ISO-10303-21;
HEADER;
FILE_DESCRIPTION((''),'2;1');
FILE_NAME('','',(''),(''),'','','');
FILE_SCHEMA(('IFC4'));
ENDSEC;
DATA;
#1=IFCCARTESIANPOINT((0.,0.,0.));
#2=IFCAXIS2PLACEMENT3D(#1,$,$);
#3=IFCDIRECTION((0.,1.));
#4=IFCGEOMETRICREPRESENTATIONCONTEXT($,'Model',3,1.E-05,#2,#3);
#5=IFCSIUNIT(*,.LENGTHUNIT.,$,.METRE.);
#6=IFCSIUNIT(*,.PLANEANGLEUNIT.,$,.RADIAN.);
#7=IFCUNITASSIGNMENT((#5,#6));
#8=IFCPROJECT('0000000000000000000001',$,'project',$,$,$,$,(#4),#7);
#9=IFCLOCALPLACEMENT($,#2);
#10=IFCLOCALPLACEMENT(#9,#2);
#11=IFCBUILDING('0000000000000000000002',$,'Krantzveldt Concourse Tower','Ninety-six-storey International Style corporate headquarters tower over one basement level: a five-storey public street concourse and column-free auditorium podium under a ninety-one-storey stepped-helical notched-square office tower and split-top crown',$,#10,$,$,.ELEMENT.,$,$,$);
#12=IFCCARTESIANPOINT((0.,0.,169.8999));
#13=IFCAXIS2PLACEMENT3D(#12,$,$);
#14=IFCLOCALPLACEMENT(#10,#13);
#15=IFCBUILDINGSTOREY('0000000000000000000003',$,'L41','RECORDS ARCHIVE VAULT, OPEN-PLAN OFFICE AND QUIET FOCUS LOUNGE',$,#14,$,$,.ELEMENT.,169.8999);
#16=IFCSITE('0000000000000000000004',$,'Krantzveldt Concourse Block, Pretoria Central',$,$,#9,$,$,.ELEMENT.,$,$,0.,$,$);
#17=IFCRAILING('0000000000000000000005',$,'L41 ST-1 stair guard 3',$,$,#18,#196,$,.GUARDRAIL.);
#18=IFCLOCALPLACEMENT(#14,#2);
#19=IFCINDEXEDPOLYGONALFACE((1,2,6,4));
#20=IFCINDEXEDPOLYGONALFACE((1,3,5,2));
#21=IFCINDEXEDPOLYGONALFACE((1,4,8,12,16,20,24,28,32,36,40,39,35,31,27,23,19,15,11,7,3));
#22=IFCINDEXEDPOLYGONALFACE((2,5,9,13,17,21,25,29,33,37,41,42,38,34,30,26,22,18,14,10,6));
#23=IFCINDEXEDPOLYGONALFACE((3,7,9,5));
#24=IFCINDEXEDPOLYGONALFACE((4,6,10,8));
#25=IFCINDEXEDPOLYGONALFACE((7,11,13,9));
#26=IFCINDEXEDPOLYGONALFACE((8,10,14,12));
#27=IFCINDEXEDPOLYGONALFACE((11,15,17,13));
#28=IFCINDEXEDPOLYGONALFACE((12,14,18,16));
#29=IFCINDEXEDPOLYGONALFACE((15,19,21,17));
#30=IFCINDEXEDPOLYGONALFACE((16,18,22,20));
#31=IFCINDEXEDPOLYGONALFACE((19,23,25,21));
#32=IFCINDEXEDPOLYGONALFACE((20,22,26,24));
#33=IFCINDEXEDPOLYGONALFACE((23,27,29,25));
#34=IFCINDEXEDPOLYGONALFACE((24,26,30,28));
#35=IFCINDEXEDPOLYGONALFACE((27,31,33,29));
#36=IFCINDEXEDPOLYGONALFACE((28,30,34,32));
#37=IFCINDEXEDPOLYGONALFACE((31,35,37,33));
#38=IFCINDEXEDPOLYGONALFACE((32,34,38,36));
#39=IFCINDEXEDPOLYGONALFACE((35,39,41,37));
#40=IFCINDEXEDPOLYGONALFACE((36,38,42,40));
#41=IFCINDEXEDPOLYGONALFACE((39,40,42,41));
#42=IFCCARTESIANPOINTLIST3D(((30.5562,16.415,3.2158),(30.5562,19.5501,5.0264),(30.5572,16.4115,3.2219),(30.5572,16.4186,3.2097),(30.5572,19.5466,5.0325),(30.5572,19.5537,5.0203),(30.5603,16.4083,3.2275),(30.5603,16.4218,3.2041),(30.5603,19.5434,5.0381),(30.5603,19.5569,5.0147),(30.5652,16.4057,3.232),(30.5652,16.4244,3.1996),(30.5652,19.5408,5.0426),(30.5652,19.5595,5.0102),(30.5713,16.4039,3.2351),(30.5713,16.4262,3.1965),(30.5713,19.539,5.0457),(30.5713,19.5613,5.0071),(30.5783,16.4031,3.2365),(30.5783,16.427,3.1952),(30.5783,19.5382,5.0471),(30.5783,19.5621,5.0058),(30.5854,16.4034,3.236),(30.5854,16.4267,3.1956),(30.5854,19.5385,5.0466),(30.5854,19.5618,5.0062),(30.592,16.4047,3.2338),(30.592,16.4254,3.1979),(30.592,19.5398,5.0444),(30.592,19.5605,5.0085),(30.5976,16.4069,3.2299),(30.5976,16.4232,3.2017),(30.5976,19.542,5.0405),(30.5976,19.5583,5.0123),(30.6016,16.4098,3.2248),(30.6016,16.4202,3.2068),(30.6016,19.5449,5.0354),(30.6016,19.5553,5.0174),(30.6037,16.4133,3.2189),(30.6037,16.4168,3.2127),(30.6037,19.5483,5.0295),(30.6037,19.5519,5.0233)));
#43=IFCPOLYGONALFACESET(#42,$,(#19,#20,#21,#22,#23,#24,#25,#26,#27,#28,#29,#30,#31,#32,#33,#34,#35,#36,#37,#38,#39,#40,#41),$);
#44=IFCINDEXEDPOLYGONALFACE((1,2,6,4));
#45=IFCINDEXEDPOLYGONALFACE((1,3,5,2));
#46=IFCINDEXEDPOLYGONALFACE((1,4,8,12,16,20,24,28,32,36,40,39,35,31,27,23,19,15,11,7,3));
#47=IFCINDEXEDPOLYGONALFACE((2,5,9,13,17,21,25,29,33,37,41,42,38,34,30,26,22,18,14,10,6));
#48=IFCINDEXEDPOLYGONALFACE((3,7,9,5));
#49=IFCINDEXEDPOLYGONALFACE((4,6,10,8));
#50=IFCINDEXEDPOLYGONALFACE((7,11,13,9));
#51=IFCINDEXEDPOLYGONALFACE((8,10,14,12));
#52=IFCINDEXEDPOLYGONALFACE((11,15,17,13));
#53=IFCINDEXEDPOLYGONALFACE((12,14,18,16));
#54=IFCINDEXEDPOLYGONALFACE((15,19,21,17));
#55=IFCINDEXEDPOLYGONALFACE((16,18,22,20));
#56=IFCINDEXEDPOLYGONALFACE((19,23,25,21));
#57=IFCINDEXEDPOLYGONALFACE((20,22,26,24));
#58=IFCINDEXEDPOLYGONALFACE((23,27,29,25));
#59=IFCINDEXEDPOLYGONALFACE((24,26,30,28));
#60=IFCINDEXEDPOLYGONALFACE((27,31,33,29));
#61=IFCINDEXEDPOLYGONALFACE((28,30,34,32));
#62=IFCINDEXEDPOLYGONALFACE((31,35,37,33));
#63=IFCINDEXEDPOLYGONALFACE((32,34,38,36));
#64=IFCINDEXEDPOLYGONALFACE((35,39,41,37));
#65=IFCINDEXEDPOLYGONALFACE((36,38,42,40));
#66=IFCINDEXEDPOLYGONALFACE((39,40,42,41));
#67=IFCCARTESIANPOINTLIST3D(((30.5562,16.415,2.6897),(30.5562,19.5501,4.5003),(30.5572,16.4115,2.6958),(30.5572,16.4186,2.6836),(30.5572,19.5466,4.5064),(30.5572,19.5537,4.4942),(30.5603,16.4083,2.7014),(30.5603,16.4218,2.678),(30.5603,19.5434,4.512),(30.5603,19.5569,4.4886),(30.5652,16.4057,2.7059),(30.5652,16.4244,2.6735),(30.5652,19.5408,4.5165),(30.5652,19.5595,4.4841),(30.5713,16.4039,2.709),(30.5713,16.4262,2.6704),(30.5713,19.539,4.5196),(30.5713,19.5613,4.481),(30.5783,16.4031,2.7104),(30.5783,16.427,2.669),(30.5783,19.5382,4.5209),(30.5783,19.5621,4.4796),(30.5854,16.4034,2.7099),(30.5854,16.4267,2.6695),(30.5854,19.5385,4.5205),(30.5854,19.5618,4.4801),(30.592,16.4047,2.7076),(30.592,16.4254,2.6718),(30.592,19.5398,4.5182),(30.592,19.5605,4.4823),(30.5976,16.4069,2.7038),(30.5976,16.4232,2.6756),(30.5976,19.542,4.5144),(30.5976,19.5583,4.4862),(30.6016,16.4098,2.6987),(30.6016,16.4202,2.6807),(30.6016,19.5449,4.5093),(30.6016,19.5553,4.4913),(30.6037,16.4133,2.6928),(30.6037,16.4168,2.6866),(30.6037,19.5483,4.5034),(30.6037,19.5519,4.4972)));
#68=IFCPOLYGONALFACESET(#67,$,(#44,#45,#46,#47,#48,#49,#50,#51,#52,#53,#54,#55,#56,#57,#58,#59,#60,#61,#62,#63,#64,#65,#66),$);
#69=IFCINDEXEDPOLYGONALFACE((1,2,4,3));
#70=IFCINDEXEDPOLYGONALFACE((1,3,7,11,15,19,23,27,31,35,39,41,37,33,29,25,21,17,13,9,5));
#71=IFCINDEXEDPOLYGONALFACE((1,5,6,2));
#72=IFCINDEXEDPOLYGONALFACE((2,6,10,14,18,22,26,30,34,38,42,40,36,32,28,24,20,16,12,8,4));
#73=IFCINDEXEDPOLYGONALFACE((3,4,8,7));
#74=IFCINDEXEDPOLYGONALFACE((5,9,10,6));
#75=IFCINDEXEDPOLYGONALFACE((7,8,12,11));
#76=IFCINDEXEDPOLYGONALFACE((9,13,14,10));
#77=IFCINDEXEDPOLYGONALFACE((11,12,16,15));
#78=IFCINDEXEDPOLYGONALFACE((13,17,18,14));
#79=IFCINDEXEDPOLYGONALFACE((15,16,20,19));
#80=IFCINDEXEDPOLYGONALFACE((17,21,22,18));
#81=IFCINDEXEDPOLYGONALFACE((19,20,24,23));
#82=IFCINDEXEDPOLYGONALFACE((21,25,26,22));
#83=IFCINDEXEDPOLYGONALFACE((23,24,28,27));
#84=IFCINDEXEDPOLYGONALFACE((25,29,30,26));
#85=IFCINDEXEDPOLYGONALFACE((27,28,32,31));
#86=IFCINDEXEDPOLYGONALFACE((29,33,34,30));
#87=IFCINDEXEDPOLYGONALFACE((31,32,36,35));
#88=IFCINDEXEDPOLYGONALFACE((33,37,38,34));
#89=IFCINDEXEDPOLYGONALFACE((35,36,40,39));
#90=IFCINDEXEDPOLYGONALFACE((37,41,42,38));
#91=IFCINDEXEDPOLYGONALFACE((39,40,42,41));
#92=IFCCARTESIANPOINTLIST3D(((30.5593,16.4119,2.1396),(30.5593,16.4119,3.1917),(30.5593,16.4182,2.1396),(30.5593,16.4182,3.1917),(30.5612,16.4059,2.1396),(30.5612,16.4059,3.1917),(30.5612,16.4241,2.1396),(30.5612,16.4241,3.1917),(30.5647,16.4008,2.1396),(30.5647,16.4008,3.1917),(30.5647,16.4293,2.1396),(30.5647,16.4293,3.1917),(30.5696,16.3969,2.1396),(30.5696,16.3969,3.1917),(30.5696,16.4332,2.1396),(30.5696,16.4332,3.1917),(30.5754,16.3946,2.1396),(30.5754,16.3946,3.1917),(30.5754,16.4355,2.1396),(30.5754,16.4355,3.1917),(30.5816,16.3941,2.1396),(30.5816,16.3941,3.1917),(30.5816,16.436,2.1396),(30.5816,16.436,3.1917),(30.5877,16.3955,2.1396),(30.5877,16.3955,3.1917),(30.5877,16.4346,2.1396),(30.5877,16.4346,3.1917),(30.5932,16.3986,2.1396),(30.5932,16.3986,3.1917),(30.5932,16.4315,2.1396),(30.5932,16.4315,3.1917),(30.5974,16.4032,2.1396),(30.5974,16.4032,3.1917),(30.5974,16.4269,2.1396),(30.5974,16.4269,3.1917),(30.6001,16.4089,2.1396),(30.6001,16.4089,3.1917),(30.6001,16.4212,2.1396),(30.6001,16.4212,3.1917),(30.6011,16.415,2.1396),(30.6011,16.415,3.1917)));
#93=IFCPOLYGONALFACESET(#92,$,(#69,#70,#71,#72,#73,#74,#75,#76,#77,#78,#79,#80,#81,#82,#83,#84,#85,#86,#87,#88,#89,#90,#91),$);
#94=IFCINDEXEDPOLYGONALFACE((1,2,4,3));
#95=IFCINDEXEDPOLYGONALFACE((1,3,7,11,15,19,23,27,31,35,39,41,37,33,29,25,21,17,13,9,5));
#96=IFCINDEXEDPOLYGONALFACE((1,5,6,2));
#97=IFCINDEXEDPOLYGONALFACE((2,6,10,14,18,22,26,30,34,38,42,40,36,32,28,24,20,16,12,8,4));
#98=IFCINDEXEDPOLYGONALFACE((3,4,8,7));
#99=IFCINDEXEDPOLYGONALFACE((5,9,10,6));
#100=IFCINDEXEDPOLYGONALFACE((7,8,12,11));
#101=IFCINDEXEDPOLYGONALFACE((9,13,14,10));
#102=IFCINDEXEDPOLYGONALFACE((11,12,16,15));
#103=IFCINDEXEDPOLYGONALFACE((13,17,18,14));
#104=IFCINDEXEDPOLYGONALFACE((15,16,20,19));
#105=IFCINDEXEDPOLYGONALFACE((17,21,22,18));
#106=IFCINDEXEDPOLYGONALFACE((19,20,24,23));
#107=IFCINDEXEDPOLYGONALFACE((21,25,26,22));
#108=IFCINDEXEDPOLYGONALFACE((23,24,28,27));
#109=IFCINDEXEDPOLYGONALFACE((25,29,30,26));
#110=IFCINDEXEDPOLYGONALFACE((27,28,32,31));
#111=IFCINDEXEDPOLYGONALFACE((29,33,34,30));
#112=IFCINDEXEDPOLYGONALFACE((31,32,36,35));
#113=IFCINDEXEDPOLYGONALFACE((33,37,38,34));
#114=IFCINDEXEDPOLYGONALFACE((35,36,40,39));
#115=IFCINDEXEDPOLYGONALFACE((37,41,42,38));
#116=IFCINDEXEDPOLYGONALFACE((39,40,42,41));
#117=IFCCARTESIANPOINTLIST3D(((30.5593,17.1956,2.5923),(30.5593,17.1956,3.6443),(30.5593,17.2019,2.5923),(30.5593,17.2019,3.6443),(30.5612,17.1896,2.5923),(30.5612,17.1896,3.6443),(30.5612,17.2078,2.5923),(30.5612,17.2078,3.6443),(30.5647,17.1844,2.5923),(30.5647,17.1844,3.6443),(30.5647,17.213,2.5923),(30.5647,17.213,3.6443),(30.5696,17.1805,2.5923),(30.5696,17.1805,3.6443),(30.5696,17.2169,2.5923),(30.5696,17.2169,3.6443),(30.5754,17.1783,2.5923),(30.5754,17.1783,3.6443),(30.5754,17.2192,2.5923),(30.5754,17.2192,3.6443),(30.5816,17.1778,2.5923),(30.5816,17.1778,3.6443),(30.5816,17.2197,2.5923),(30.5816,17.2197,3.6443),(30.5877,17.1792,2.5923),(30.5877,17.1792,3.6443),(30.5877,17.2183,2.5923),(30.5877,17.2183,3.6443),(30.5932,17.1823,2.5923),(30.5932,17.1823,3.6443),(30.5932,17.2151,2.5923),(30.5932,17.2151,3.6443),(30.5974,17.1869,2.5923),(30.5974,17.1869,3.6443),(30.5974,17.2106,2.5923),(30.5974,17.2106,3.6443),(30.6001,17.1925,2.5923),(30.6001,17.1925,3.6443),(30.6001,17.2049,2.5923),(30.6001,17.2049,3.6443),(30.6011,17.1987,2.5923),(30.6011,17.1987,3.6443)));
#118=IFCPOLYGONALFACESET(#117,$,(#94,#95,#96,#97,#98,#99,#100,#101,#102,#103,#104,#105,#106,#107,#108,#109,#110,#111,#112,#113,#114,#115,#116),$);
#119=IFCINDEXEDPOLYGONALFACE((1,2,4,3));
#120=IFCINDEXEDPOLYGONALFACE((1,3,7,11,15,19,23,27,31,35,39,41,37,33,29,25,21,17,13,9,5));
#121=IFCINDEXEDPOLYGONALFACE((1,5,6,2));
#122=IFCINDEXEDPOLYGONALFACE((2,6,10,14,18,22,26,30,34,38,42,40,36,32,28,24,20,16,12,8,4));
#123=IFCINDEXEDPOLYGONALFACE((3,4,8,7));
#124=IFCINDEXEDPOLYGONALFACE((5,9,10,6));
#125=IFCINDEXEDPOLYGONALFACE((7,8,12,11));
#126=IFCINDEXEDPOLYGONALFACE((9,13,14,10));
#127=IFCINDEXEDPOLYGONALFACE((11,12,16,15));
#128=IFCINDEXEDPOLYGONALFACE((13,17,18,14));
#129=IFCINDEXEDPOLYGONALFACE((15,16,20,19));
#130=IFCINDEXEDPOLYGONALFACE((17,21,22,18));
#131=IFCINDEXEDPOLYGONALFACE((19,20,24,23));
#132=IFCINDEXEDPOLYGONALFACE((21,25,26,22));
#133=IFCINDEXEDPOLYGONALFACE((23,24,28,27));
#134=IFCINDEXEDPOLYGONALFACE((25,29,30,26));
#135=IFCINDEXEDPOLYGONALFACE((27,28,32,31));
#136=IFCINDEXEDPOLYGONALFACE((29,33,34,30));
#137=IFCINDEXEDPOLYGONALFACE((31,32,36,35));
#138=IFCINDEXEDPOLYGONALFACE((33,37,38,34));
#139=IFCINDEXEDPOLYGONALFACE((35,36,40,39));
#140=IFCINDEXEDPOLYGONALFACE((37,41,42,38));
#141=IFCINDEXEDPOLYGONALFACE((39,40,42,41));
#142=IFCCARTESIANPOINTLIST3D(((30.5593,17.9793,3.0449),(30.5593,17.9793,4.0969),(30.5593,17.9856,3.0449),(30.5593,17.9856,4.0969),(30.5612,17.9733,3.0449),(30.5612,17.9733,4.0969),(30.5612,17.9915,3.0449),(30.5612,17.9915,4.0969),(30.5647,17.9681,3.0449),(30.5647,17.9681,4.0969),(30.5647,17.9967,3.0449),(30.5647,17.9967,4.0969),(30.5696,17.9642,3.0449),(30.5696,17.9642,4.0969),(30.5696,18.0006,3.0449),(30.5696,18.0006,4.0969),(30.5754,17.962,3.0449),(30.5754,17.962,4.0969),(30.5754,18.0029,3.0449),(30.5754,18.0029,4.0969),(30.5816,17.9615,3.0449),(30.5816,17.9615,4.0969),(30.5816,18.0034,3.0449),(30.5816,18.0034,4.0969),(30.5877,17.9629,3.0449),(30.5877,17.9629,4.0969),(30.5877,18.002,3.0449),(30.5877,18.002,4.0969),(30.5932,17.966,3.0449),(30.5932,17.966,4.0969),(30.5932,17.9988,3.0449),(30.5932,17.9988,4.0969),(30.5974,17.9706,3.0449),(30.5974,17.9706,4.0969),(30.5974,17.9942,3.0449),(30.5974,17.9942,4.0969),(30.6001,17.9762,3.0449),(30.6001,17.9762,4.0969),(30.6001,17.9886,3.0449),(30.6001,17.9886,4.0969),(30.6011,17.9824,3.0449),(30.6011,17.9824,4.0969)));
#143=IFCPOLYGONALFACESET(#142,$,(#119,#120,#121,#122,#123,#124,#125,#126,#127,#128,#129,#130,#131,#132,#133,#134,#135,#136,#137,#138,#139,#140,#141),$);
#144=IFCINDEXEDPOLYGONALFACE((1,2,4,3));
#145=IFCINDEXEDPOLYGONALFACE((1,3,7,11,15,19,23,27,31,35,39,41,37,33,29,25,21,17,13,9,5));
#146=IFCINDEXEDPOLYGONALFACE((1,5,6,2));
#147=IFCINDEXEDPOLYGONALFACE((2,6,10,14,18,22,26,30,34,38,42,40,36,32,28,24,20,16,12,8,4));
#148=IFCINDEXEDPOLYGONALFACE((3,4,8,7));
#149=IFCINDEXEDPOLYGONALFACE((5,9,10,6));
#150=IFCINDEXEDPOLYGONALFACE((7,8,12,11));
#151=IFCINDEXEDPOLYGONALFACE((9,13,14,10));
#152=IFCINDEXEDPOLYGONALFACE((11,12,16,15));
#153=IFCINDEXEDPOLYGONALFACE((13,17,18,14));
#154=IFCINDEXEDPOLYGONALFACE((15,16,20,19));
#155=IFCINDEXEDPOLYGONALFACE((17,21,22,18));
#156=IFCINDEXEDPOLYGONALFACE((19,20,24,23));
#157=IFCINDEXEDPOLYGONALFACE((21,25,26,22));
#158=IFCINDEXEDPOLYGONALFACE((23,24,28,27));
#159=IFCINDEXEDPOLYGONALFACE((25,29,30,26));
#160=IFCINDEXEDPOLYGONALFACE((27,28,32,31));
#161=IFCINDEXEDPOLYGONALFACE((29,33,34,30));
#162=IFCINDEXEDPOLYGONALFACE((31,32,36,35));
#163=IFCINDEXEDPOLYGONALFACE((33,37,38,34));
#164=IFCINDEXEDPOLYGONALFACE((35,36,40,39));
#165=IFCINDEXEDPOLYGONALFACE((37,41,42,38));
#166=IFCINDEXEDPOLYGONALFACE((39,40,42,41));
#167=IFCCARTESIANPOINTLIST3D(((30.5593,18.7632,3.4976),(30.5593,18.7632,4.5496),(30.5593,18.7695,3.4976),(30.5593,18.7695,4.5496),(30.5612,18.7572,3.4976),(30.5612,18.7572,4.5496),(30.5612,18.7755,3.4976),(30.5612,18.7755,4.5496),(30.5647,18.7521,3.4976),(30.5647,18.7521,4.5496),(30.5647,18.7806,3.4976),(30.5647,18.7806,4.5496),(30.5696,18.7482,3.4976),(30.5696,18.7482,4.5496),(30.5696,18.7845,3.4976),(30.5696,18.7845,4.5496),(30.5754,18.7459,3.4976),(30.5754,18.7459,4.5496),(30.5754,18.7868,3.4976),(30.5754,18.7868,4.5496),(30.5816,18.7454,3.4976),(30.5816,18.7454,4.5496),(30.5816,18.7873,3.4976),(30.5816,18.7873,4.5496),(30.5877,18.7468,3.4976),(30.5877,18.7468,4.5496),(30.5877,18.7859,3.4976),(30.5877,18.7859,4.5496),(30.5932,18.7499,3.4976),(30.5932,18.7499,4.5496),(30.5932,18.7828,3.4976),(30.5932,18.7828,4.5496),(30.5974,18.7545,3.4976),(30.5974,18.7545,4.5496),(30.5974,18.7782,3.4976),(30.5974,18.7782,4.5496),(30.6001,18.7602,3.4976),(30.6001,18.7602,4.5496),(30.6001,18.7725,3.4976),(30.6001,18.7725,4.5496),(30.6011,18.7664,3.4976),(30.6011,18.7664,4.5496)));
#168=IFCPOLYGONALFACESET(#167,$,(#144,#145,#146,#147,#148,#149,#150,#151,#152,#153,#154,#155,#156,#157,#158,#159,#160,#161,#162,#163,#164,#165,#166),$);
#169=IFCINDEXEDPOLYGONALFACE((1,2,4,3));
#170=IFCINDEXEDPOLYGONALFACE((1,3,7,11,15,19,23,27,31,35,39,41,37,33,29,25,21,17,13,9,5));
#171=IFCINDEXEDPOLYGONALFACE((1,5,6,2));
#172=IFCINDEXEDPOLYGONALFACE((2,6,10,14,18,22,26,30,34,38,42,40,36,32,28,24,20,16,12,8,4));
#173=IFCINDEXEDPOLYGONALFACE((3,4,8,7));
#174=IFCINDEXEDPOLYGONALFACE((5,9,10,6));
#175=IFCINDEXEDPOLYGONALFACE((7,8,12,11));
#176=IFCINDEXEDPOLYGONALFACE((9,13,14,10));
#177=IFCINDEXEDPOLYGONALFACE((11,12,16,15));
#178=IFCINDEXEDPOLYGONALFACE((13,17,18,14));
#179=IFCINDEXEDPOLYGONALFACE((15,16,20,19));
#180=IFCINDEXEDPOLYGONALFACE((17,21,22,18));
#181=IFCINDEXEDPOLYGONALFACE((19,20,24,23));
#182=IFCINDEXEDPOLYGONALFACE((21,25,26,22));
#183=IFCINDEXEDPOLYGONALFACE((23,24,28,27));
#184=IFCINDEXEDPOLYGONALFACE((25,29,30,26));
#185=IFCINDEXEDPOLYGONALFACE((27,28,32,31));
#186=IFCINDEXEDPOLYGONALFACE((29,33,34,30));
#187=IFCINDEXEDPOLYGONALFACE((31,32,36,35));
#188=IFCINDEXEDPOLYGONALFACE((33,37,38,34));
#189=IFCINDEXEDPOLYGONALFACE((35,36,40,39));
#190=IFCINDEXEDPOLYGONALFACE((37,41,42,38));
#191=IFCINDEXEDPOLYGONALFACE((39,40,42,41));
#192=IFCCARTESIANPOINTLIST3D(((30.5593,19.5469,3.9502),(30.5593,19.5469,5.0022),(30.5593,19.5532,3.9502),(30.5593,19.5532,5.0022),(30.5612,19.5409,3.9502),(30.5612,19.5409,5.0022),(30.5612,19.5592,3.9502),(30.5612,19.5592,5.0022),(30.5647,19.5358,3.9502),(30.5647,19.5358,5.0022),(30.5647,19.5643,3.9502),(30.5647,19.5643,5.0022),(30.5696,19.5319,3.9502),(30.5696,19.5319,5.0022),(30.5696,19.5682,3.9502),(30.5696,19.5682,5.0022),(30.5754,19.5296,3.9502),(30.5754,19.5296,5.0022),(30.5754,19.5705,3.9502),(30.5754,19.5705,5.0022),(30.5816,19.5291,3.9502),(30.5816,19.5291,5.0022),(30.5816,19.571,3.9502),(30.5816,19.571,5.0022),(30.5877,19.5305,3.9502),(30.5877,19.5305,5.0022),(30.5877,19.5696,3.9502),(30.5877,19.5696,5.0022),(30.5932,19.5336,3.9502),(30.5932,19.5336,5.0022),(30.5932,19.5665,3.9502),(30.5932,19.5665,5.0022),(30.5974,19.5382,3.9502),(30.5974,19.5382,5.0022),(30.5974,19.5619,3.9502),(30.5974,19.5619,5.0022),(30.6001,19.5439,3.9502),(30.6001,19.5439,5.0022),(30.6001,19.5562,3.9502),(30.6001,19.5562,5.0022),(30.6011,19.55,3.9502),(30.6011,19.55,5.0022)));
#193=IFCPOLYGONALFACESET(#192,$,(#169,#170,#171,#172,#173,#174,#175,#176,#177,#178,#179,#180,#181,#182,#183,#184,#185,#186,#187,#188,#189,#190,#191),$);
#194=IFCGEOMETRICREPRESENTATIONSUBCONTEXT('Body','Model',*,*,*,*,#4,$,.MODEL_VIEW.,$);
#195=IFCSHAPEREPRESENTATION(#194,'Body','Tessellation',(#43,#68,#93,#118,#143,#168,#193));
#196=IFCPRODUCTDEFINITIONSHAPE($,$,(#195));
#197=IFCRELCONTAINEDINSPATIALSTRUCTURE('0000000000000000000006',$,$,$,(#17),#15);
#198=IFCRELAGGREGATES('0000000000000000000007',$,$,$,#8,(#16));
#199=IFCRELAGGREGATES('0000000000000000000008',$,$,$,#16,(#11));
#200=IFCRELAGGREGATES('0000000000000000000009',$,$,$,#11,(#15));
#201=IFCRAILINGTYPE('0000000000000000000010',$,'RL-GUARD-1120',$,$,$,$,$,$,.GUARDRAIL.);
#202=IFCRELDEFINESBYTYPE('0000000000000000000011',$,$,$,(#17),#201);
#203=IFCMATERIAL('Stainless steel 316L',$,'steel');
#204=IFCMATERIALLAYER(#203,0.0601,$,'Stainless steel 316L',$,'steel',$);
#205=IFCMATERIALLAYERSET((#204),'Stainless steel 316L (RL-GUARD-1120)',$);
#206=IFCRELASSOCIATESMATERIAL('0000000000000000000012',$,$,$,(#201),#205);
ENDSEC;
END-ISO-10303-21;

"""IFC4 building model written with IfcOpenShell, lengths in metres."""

from ifc_helpers import new_model, si_unit, direction, frame, origin, origin_2d, place, context, subcontext, project, spatial, circle, extrude, material, layer, layer_set, type_object, element, save


model = new_model("IFC4")

# Units and contexts
model_context = context("Model", 3, precision=1e-05, world=origin(), true_north=direction((0.0, 1.0)))
body_context = subcontext(model_context, "Body", "Model", "MODEL_VIEW")
ifc_project = project(units=[si_unit("LENGTHUNIT", "METRE"), si_unit("PLANEANGLEUNIT", "RADIAN")], contexts=[model_context])

# Site, building, storey
site_placement = place(None, origin())
site = spatial("IfcSite", under=ifc_project, at=site_placement, Name="Krantzveldt Concourse Block, Pretoria Central", CompositionType="ELEMENT", RefElevation=0.0)
building_placement = place(site_placement, origin())
building = spatial("IfcBuilding", under=site, at=building_placement, Name="Krantzveldt Concourse Tower", Description="Ninety-six-storey International Style corporate headquarters tower over one basement level: a five-storey public street concourse and column-free auditorium podium under a ninety-one-storey stepped-helical notched-square office tower and split-top crown", CompositionType="ELEMENT")
storey_placement = place(building_placement, frame((0.0, 0.0, 169.8999)))
storey = spatial("IfcBuildingStorey", under=building, at=storey_placement, Name="L41", Description="RECORDS ARCHIVE VAULT, OPEN-PLAN OFFICE AND QUIET FOCUS LOUNGE", CompositionType="ELEMENT", Elevation=169.8999)

# Railing
ifc_material_1 = material(Name="Stainless steel 316L", Category="steel")
ifc_layer_1 = layer(ifc_material_1, 0.0601, Name="Stainless steel 316L", Category="steel")
ifc_layer_set_1 = layer_set([ifc_layer_1], Name="Stainless steel 316L (RL-GUARD-1120)")
railing_type_1 = type_object("IfcRailingType", Name="RL-GUARD-1120", PredefinedType="GUARDRAIL", material=ifc_layer_set_1)
railing_1_placement = place(storey_placement, frame((30.5801, 16.415, 2.1396)))
element("IfcRailing", 1, at=railing_1_placement, inside=storey, type_object=railing_type_1, Name="L41 ST-1 stair guard 3", PredefinedType="GUARDRAIL", context=body_context, shape_type="SweptSolid", body=[
    extrude(circle(Radius=0.0239, at=origin_2d()), frame((0.0, 0.0, 1.0762), z_axis=(0.0, 0.86596, 0.500114), x_axis=(-1.0, 0.0, 0.0)), (0.0, 0.0, 1.0), 3.6204),
    extrude(circle(Radius=0.0239, at=origin_2d()), frame((0.0, 0.0, 0.55), z_axis=(0.0, 0.86596, 0.500114), x_axis=(-1.0, 0.0, 0.0)), (0.0, 0.0, 1.0), 3.6204),
    extrude(circle(Radius=0.021, at=origin_2d()), origin(), (0.0, 0.0, 1.0), 1.052),
    extrude(circle(Radius=0.021, at=origin_2d()), frame((0.0, 0.7837, 0.4526)), (0.0, 0.0, 1.0), 1.052),
    extrude(circle(Radius=0.021, at=origin_2d()), frame((0.0, 1.5674, 0.9053)), (0.0, 0.0, 1.0), 1.052),
    extrude(circle(Radius=0.021, at=origin_2d()), frame((0.0, 2.3513, 1.3579)), (0.0, 0.0, 1.0), 1.052),
    extrude(circle(Radius=0.021, at=origin_2d()), frame((0.0, 3.135, 1.8105)), (0.0, 0.0, 1.0), 1.052),
])

save(model, "model.ifc")
